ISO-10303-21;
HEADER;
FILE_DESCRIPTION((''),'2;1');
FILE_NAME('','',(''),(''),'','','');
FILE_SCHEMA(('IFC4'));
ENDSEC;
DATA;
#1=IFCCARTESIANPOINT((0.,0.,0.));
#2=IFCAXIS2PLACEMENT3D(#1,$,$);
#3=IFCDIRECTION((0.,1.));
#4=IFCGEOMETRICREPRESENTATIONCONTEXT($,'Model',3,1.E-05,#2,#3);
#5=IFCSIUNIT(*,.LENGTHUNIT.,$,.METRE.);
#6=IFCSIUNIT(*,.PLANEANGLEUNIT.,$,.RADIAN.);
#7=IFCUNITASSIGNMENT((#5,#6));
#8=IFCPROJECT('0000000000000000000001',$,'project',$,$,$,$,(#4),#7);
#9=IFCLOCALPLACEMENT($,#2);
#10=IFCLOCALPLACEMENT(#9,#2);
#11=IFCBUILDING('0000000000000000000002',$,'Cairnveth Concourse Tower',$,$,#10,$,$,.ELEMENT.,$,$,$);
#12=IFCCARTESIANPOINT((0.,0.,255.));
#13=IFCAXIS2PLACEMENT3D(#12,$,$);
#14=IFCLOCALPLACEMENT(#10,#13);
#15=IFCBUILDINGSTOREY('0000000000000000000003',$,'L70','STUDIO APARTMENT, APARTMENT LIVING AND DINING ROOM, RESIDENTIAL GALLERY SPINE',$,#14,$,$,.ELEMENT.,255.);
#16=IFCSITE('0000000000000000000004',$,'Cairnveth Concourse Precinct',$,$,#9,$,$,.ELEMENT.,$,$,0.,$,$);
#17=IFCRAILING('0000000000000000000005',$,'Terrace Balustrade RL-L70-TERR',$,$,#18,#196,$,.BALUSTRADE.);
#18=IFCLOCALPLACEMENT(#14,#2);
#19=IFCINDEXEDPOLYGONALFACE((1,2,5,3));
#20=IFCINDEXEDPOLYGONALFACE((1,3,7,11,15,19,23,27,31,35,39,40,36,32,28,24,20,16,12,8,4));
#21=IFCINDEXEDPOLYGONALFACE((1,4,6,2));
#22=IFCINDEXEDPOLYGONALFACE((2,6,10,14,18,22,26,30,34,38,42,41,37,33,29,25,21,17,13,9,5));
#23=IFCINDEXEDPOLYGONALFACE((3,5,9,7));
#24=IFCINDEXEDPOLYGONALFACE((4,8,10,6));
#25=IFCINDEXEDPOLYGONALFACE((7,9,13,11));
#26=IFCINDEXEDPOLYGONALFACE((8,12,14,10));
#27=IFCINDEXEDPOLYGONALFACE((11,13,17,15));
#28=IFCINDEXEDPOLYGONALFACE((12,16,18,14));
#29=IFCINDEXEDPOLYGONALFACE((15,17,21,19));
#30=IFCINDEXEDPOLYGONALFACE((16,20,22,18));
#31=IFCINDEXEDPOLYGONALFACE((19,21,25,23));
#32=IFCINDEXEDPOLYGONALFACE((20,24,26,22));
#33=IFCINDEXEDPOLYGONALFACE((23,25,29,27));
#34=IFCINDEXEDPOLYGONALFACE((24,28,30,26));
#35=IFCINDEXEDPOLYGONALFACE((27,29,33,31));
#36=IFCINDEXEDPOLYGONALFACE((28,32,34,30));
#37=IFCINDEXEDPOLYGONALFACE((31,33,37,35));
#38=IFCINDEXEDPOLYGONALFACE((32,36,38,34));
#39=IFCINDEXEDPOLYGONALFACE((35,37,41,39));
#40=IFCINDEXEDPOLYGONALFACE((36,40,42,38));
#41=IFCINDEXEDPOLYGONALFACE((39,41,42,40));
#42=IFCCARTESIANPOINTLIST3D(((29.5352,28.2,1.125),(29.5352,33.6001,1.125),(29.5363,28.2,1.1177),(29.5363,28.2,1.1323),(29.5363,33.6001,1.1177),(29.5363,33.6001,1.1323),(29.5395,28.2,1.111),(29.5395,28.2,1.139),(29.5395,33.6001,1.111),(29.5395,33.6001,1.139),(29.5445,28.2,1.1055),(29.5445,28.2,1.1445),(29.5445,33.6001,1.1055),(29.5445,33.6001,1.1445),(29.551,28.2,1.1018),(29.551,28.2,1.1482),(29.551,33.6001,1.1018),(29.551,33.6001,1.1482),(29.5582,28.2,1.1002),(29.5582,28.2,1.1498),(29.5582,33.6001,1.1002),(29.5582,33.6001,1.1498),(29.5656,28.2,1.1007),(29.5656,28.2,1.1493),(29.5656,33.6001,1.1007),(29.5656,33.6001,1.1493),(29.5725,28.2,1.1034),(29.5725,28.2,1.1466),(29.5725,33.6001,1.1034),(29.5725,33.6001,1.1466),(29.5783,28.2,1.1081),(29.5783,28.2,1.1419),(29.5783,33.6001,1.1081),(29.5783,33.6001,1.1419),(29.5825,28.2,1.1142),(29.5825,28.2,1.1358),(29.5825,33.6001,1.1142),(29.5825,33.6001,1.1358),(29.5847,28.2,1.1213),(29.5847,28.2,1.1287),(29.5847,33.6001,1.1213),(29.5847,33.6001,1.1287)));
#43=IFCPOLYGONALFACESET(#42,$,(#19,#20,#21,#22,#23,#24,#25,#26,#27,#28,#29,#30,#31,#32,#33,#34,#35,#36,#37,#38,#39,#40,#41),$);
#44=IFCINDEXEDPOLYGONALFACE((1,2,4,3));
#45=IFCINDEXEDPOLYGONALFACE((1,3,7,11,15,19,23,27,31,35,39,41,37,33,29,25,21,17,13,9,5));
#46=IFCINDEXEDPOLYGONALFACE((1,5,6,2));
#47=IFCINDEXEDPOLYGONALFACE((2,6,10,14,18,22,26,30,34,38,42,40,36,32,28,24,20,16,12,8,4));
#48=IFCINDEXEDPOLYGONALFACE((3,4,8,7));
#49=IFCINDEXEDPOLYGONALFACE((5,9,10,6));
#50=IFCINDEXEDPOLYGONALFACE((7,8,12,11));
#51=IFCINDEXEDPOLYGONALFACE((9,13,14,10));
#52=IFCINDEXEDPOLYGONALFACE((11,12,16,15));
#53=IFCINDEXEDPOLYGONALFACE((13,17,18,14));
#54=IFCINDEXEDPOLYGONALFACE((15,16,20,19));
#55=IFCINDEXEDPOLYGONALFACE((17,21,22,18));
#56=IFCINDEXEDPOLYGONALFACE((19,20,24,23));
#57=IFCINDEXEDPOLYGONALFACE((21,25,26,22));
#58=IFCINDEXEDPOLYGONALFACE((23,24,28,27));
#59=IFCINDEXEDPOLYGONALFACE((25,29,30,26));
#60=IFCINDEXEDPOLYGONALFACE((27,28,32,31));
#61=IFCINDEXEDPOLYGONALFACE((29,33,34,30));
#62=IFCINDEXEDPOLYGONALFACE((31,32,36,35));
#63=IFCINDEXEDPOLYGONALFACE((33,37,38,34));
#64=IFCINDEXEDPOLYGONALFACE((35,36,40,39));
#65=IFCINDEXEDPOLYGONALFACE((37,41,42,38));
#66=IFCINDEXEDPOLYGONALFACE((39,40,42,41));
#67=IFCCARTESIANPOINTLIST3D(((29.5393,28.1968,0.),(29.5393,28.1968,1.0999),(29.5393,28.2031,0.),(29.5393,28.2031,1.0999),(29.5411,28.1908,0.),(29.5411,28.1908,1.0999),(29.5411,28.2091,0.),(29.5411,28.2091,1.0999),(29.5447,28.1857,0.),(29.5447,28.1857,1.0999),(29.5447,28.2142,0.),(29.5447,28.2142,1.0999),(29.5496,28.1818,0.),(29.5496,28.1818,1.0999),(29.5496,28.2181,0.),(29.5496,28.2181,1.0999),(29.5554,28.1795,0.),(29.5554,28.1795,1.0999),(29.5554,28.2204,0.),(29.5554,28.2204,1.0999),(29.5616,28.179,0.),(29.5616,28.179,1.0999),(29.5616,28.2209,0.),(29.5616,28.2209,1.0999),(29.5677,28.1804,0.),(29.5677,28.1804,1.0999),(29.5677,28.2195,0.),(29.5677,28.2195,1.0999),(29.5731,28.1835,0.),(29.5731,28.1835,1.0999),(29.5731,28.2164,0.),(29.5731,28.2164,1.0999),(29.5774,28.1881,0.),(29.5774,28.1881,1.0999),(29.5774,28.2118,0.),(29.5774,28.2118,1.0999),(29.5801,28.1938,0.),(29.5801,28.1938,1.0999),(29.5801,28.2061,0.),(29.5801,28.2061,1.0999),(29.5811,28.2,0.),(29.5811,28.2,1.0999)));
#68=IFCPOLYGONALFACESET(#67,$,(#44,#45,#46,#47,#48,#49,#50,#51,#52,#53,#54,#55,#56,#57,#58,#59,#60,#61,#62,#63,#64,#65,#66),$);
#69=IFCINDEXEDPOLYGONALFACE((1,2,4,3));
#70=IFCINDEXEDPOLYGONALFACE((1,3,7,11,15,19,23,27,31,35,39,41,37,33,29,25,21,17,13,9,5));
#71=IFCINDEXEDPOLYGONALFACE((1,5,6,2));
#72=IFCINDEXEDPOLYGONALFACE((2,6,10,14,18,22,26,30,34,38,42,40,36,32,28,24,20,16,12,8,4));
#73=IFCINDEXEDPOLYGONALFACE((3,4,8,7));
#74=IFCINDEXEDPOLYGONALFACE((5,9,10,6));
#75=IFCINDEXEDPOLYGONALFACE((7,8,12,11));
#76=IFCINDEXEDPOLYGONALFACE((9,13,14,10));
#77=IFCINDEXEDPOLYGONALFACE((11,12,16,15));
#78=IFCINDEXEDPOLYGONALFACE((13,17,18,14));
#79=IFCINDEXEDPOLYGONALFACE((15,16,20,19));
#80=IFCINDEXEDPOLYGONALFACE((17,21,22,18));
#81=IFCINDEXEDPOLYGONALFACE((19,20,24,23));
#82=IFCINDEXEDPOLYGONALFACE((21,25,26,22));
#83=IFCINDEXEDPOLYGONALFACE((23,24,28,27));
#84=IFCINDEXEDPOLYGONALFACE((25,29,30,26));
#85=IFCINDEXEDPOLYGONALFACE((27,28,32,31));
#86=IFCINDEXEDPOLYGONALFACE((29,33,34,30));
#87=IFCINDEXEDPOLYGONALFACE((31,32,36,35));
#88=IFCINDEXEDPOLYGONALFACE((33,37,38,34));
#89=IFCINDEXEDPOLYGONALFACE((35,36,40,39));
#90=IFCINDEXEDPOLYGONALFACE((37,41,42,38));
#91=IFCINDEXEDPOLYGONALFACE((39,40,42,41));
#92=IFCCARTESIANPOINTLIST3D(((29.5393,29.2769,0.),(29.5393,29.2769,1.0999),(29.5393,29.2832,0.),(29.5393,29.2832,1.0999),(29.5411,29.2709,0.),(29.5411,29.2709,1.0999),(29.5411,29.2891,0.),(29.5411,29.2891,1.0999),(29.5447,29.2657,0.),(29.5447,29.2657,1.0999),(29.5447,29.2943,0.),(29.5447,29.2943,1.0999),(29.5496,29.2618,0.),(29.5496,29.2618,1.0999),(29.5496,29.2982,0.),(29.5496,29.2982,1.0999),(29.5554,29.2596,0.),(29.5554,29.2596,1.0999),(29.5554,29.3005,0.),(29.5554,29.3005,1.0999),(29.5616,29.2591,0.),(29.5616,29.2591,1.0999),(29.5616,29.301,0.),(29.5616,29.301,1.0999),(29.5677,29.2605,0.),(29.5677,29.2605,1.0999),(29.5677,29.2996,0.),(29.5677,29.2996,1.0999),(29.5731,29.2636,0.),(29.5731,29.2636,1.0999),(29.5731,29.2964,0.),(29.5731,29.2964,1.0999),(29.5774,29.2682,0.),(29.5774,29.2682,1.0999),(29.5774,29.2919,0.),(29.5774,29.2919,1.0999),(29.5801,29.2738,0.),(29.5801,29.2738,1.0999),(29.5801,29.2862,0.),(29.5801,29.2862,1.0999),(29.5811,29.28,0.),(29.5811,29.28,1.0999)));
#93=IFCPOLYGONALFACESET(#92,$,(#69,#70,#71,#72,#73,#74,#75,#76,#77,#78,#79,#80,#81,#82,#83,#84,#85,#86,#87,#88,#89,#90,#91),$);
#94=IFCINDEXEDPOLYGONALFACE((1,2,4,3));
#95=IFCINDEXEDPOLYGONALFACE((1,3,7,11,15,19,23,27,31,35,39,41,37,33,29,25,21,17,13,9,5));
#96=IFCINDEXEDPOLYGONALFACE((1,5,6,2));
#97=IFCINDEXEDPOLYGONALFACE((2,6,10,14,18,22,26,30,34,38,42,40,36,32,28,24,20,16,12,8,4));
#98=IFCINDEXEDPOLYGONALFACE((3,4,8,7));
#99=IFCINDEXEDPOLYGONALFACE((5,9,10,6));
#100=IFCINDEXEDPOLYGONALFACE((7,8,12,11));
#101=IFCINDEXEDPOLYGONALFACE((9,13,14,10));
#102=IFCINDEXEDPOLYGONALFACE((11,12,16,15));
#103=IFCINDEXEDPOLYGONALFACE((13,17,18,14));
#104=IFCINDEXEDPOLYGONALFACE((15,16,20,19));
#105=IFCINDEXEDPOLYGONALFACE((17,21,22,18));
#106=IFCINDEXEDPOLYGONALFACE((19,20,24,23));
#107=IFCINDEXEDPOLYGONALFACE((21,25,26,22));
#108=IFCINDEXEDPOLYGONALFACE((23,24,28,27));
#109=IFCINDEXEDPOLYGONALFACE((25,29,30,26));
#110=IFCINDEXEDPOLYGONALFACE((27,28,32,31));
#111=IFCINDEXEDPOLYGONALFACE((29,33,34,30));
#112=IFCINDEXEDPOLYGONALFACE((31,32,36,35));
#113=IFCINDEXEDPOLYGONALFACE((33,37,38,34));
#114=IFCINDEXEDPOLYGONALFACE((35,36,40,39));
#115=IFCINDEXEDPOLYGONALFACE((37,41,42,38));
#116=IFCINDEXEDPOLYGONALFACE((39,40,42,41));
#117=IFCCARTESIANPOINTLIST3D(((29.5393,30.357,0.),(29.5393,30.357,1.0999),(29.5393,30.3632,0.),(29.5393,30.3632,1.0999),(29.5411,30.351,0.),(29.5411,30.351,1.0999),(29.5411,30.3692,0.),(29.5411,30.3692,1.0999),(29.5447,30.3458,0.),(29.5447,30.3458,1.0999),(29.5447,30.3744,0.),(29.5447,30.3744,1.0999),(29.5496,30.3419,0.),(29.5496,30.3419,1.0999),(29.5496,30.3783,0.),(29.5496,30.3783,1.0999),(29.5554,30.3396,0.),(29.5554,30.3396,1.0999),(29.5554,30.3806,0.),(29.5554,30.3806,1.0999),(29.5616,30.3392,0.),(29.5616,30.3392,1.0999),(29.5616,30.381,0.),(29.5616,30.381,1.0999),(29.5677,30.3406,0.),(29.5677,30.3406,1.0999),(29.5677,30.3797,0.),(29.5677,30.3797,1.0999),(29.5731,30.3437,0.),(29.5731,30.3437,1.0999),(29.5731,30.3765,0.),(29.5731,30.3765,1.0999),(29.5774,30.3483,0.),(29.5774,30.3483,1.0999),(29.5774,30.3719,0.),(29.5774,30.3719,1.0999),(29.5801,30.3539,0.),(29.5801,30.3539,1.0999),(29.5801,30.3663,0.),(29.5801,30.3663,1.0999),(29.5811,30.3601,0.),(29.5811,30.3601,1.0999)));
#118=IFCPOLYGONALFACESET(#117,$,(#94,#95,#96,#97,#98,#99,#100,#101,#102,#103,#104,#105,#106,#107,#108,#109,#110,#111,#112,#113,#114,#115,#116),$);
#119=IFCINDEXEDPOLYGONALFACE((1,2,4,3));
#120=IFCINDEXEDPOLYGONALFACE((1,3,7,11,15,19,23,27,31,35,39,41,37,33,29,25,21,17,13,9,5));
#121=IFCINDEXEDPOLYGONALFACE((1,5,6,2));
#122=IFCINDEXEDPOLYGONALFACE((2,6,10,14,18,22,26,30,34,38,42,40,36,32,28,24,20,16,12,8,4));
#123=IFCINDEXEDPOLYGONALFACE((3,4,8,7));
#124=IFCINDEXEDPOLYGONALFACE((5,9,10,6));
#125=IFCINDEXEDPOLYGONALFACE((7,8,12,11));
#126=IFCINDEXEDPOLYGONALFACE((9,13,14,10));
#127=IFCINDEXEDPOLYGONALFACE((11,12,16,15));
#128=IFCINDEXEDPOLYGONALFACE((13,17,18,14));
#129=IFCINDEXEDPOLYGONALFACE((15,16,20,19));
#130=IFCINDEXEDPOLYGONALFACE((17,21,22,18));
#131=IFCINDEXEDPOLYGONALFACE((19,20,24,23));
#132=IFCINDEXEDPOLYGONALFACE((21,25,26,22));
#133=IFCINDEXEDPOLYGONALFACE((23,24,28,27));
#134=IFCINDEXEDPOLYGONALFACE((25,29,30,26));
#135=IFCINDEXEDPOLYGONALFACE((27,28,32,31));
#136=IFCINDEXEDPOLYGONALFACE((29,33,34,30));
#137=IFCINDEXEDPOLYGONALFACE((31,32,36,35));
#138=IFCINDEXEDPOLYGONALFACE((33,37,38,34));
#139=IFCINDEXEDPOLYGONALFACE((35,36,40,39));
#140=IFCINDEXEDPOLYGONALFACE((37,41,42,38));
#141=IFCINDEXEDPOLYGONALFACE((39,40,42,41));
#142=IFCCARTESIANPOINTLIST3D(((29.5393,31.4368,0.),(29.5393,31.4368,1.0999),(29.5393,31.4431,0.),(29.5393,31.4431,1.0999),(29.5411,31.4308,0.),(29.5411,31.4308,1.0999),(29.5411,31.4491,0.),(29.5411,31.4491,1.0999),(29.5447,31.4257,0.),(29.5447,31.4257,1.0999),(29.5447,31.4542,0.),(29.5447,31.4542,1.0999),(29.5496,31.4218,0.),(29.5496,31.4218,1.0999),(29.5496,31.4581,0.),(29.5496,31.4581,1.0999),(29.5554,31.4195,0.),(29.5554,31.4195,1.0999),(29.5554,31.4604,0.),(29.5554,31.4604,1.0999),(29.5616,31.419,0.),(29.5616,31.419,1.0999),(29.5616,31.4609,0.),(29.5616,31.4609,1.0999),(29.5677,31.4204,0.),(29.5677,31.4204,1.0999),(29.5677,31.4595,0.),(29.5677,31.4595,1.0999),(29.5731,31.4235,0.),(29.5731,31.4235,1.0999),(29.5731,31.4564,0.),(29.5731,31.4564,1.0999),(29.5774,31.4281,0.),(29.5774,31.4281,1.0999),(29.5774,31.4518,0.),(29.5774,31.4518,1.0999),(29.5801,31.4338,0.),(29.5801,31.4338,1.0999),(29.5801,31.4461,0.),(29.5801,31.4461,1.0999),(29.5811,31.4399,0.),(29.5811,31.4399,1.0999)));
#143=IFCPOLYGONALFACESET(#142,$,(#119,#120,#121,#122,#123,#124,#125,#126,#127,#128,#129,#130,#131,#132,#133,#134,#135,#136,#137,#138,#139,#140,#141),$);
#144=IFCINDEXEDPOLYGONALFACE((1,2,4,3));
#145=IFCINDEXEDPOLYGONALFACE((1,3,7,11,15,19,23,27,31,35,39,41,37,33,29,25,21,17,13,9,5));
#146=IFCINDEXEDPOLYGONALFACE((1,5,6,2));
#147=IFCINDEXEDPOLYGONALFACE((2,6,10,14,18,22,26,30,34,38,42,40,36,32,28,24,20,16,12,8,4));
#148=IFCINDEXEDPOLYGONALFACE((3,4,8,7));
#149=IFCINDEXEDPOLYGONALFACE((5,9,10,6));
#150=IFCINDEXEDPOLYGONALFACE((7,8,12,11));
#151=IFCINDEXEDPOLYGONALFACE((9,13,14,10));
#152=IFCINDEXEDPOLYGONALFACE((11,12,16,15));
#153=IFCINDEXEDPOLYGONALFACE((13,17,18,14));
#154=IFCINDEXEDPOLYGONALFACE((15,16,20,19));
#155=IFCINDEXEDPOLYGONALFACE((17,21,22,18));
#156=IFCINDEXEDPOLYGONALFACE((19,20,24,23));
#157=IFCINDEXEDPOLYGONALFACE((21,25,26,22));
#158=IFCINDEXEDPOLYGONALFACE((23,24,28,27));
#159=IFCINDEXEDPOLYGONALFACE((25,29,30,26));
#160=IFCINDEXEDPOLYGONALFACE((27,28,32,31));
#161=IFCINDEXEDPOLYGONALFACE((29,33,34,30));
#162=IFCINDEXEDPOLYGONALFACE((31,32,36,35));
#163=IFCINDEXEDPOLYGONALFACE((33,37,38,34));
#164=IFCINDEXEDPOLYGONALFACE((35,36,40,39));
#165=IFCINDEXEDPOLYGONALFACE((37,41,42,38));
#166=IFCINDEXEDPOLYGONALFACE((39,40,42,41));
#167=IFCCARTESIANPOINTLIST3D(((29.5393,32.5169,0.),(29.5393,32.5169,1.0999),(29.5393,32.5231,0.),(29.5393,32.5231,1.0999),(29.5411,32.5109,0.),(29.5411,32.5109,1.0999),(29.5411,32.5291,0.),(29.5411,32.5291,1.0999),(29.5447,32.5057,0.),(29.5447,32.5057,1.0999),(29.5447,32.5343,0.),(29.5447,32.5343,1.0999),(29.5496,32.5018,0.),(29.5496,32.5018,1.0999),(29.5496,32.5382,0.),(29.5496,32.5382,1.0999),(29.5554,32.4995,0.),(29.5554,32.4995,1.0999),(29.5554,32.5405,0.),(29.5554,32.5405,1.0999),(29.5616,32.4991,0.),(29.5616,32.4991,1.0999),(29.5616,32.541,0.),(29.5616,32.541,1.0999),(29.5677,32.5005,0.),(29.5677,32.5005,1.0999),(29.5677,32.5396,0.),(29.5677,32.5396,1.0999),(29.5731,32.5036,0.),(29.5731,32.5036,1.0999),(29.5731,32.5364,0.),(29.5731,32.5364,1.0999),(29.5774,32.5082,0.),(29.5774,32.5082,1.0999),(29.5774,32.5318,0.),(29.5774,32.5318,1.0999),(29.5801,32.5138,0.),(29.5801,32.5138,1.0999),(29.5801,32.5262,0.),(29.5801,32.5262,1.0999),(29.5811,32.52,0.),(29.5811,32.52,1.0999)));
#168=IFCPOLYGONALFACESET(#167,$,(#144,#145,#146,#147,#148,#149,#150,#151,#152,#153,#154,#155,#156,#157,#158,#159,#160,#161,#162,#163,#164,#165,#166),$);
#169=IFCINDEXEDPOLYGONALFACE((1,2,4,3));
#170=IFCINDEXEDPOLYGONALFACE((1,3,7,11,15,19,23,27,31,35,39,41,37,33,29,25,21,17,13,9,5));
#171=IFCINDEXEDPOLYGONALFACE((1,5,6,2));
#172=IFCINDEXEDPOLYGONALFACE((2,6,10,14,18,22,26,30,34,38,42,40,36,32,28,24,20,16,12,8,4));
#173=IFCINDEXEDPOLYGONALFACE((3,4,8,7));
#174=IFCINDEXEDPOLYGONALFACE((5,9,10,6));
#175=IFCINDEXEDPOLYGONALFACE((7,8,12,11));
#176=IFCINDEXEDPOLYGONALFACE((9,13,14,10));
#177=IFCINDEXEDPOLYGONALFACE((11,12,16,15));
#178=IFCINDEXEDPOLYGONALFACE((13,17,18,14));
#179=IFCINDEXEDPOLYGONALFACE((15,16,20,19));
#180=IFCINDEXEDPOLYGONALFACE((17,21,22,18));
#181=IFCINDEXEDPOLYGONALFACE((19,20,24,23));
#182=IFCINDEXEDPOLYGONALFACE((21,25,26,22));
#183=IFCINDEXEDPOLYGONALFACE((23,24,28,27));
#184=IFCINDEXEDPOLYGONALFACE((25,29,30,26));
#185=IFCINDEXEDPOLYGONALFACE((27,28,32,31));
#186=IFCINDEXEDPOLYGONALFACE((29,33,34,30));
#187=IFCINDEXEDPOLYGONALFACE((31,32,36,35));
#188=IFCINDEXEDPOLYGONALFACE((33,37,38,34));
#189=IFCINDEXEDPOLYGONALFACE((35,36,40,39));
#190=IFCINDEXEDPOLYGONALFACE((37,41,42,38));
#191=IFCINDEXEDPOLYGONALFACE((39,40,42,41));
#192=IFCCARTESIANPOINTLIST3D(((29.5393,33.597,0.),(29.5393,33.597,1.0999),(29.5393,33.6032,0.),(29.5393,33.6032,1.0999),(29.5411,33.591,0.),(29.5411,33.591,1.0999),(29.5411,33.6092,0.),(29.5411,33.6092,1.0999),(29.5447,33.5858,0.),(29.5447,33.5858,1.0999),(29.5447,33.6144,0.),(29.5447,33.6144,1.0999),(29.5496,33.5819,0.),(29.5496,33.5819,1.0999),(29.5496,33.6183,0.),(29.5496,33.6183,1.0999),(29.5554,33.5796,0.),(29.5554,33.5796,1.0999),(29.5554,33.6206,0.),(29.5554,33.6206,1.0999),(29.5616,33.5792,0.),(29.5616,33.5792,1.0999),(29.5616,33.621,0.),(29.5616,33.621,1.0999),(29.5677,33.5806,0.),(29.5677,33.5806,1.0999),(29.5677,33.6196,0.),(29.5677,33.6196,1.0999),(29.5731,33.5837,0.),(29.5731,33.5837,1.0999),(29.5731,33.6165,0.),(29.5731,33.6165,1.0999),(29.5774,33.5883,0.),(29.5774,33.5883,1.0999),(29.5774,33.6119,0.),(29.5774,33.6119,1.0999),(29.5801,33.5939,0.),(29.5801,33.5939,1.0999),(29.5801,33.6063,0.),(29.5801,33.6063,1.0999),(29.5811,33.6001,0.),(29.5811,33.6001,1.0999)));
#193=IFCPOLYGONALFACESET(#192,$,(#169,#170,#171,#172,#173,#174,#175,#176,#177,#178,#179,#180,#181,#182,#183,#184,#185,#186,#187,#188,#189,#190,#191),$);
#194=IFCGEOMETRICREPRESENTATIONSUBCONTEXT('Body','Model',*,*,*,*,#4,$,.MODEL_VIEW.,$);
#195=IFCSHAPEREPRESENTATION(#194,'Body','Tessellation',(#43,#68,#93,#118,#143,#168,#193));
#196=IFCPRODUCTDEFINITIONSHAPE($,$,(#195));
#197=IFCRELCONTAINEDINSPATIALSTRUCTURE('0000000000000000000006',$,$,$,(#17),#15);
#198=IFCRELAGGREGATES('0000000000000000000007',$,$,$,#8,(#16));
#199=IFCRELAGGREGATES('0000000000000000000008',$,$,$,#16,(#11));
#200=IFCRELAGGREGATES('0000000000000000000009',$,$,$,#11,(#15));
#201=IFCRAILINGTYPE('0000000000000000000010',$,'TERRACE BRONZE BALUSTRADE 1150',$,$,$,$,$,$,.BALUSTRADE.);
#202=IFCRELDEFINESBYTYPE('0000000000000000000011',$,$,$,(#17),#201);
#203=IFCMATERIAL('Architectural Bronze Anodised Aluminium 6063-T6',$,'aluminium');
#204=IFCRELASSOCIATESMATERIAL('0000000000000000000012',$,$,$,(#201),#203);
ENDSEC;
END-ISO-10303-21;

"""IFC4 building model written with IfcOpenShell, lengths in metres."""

from ifc_helpers import new_model, si_unit, direction, frame, origin, origin_2d, place, context, subcontext, project, spatial, circle, extrude, material, type_object, element, save


model = new_model("IFC4")

# Units and contexts
model_context = context("Model", 3, precision=1e-05, world=origin(), true_north=direction((0.0, 1.0)))
body_context = subcontext(model_context, "Body", "Model", "MODEL_VIEW")
ifc_project = project(units=[si_unit("LENGTHUNIT", "METRE"), si_unit("PLANEANGLEUNIT", "RADIAN")], contexts=[model_context])

# Site, building, storey
site_placement = place(None, origin())
site = spatial("IfcSite", under=ifc_project, at=site_placement, Name="Cairnveth Concourse Precinct", CompositionType="ELEMENT", RefElevation=0.0)
building_placement = place(site_placement, origin())
building = spatial("IfcBuilding", under=site, at=building_placement, Name="Cairnveth Concourse Tower", CompositionType="ELEMENT")
storey_placement = place(building_placement, frame((0.0, 0.0, 255.0)))
storey = spatial("IfcBuildingStorey", under=building, at=storey_placement, Name="L70", Description="STUDIO APARTMENT, APARTMENT LIVING AND DINING ROOM, RESIDENTIAL GALLERY SPINE", CompositionType="ELEMENT", Elevation=255.0)

# Shared definitions
ifc_material_1 = material(Name="Architectural Bronze Anodised Aluminium 6063-T6", Category="aluminium")

# Railing
railing_type = type_object("IfcRailingType", Name="TERRACE BRONZE BALUSTRADE 1150", PredefinedType="BALUSTRADE", material=ifc_material_1)
railing_placement = place(storey_placement, frame((29.5601, 28.2, 0.0)))
element("IfcRailing", 1, at=railing_placement, inside=storey, type_object=railing_type, Name="Terrace Balustrade RL-L70-TERR", PredefinedType="BALUSTRADE", context=body_context, shape_type="SweptSolid", body=[
    extrude(circle(Radius=0.0249, at=origin_2d()), frame((0.0, 0.0, 1.125), z_axis=(0.0, 1.0, 0.0), x_axis=(-1.0, 0.0, 0.0)), (0.0, 0.0, 1.0), 5.4001),
    extrude(circle(Radius=0.021, at=origin_2d()), origin(), (0.0, 0.0, 1.0), 1.0999),
    extrude(circle(Radius=0.021, at=origin_2d()), frame((0.0, 1.0801, 0.0)), (0.0, 0.0, 1.0), 1.0999),
    extrude(circle(Radius=0.021, at=origin_2d()), frame((0.0, 2.1602, 0.0)), (0.0, 0.0, 1.0), 1.0999),
    extrude(circle(Radius=0.021, at=origin_2d()), frame((0.0, 3.24, 0.0)), (0.0, 0.0, 1.0), 1.0999),
    extrude(circle(Radius=0.021, at=origin_2d()), frame((0.0, 4.3201, 0.0)), (0.0, 0.0, 1.0), 1.0999),
    extrude(circle(Radius=0.021, at=origin_2d()), frame((0.0, 5.4001, 0.0)), (0.0, 0.0, 1.0), 1.0999),
])

save(model, "model.ifc")
